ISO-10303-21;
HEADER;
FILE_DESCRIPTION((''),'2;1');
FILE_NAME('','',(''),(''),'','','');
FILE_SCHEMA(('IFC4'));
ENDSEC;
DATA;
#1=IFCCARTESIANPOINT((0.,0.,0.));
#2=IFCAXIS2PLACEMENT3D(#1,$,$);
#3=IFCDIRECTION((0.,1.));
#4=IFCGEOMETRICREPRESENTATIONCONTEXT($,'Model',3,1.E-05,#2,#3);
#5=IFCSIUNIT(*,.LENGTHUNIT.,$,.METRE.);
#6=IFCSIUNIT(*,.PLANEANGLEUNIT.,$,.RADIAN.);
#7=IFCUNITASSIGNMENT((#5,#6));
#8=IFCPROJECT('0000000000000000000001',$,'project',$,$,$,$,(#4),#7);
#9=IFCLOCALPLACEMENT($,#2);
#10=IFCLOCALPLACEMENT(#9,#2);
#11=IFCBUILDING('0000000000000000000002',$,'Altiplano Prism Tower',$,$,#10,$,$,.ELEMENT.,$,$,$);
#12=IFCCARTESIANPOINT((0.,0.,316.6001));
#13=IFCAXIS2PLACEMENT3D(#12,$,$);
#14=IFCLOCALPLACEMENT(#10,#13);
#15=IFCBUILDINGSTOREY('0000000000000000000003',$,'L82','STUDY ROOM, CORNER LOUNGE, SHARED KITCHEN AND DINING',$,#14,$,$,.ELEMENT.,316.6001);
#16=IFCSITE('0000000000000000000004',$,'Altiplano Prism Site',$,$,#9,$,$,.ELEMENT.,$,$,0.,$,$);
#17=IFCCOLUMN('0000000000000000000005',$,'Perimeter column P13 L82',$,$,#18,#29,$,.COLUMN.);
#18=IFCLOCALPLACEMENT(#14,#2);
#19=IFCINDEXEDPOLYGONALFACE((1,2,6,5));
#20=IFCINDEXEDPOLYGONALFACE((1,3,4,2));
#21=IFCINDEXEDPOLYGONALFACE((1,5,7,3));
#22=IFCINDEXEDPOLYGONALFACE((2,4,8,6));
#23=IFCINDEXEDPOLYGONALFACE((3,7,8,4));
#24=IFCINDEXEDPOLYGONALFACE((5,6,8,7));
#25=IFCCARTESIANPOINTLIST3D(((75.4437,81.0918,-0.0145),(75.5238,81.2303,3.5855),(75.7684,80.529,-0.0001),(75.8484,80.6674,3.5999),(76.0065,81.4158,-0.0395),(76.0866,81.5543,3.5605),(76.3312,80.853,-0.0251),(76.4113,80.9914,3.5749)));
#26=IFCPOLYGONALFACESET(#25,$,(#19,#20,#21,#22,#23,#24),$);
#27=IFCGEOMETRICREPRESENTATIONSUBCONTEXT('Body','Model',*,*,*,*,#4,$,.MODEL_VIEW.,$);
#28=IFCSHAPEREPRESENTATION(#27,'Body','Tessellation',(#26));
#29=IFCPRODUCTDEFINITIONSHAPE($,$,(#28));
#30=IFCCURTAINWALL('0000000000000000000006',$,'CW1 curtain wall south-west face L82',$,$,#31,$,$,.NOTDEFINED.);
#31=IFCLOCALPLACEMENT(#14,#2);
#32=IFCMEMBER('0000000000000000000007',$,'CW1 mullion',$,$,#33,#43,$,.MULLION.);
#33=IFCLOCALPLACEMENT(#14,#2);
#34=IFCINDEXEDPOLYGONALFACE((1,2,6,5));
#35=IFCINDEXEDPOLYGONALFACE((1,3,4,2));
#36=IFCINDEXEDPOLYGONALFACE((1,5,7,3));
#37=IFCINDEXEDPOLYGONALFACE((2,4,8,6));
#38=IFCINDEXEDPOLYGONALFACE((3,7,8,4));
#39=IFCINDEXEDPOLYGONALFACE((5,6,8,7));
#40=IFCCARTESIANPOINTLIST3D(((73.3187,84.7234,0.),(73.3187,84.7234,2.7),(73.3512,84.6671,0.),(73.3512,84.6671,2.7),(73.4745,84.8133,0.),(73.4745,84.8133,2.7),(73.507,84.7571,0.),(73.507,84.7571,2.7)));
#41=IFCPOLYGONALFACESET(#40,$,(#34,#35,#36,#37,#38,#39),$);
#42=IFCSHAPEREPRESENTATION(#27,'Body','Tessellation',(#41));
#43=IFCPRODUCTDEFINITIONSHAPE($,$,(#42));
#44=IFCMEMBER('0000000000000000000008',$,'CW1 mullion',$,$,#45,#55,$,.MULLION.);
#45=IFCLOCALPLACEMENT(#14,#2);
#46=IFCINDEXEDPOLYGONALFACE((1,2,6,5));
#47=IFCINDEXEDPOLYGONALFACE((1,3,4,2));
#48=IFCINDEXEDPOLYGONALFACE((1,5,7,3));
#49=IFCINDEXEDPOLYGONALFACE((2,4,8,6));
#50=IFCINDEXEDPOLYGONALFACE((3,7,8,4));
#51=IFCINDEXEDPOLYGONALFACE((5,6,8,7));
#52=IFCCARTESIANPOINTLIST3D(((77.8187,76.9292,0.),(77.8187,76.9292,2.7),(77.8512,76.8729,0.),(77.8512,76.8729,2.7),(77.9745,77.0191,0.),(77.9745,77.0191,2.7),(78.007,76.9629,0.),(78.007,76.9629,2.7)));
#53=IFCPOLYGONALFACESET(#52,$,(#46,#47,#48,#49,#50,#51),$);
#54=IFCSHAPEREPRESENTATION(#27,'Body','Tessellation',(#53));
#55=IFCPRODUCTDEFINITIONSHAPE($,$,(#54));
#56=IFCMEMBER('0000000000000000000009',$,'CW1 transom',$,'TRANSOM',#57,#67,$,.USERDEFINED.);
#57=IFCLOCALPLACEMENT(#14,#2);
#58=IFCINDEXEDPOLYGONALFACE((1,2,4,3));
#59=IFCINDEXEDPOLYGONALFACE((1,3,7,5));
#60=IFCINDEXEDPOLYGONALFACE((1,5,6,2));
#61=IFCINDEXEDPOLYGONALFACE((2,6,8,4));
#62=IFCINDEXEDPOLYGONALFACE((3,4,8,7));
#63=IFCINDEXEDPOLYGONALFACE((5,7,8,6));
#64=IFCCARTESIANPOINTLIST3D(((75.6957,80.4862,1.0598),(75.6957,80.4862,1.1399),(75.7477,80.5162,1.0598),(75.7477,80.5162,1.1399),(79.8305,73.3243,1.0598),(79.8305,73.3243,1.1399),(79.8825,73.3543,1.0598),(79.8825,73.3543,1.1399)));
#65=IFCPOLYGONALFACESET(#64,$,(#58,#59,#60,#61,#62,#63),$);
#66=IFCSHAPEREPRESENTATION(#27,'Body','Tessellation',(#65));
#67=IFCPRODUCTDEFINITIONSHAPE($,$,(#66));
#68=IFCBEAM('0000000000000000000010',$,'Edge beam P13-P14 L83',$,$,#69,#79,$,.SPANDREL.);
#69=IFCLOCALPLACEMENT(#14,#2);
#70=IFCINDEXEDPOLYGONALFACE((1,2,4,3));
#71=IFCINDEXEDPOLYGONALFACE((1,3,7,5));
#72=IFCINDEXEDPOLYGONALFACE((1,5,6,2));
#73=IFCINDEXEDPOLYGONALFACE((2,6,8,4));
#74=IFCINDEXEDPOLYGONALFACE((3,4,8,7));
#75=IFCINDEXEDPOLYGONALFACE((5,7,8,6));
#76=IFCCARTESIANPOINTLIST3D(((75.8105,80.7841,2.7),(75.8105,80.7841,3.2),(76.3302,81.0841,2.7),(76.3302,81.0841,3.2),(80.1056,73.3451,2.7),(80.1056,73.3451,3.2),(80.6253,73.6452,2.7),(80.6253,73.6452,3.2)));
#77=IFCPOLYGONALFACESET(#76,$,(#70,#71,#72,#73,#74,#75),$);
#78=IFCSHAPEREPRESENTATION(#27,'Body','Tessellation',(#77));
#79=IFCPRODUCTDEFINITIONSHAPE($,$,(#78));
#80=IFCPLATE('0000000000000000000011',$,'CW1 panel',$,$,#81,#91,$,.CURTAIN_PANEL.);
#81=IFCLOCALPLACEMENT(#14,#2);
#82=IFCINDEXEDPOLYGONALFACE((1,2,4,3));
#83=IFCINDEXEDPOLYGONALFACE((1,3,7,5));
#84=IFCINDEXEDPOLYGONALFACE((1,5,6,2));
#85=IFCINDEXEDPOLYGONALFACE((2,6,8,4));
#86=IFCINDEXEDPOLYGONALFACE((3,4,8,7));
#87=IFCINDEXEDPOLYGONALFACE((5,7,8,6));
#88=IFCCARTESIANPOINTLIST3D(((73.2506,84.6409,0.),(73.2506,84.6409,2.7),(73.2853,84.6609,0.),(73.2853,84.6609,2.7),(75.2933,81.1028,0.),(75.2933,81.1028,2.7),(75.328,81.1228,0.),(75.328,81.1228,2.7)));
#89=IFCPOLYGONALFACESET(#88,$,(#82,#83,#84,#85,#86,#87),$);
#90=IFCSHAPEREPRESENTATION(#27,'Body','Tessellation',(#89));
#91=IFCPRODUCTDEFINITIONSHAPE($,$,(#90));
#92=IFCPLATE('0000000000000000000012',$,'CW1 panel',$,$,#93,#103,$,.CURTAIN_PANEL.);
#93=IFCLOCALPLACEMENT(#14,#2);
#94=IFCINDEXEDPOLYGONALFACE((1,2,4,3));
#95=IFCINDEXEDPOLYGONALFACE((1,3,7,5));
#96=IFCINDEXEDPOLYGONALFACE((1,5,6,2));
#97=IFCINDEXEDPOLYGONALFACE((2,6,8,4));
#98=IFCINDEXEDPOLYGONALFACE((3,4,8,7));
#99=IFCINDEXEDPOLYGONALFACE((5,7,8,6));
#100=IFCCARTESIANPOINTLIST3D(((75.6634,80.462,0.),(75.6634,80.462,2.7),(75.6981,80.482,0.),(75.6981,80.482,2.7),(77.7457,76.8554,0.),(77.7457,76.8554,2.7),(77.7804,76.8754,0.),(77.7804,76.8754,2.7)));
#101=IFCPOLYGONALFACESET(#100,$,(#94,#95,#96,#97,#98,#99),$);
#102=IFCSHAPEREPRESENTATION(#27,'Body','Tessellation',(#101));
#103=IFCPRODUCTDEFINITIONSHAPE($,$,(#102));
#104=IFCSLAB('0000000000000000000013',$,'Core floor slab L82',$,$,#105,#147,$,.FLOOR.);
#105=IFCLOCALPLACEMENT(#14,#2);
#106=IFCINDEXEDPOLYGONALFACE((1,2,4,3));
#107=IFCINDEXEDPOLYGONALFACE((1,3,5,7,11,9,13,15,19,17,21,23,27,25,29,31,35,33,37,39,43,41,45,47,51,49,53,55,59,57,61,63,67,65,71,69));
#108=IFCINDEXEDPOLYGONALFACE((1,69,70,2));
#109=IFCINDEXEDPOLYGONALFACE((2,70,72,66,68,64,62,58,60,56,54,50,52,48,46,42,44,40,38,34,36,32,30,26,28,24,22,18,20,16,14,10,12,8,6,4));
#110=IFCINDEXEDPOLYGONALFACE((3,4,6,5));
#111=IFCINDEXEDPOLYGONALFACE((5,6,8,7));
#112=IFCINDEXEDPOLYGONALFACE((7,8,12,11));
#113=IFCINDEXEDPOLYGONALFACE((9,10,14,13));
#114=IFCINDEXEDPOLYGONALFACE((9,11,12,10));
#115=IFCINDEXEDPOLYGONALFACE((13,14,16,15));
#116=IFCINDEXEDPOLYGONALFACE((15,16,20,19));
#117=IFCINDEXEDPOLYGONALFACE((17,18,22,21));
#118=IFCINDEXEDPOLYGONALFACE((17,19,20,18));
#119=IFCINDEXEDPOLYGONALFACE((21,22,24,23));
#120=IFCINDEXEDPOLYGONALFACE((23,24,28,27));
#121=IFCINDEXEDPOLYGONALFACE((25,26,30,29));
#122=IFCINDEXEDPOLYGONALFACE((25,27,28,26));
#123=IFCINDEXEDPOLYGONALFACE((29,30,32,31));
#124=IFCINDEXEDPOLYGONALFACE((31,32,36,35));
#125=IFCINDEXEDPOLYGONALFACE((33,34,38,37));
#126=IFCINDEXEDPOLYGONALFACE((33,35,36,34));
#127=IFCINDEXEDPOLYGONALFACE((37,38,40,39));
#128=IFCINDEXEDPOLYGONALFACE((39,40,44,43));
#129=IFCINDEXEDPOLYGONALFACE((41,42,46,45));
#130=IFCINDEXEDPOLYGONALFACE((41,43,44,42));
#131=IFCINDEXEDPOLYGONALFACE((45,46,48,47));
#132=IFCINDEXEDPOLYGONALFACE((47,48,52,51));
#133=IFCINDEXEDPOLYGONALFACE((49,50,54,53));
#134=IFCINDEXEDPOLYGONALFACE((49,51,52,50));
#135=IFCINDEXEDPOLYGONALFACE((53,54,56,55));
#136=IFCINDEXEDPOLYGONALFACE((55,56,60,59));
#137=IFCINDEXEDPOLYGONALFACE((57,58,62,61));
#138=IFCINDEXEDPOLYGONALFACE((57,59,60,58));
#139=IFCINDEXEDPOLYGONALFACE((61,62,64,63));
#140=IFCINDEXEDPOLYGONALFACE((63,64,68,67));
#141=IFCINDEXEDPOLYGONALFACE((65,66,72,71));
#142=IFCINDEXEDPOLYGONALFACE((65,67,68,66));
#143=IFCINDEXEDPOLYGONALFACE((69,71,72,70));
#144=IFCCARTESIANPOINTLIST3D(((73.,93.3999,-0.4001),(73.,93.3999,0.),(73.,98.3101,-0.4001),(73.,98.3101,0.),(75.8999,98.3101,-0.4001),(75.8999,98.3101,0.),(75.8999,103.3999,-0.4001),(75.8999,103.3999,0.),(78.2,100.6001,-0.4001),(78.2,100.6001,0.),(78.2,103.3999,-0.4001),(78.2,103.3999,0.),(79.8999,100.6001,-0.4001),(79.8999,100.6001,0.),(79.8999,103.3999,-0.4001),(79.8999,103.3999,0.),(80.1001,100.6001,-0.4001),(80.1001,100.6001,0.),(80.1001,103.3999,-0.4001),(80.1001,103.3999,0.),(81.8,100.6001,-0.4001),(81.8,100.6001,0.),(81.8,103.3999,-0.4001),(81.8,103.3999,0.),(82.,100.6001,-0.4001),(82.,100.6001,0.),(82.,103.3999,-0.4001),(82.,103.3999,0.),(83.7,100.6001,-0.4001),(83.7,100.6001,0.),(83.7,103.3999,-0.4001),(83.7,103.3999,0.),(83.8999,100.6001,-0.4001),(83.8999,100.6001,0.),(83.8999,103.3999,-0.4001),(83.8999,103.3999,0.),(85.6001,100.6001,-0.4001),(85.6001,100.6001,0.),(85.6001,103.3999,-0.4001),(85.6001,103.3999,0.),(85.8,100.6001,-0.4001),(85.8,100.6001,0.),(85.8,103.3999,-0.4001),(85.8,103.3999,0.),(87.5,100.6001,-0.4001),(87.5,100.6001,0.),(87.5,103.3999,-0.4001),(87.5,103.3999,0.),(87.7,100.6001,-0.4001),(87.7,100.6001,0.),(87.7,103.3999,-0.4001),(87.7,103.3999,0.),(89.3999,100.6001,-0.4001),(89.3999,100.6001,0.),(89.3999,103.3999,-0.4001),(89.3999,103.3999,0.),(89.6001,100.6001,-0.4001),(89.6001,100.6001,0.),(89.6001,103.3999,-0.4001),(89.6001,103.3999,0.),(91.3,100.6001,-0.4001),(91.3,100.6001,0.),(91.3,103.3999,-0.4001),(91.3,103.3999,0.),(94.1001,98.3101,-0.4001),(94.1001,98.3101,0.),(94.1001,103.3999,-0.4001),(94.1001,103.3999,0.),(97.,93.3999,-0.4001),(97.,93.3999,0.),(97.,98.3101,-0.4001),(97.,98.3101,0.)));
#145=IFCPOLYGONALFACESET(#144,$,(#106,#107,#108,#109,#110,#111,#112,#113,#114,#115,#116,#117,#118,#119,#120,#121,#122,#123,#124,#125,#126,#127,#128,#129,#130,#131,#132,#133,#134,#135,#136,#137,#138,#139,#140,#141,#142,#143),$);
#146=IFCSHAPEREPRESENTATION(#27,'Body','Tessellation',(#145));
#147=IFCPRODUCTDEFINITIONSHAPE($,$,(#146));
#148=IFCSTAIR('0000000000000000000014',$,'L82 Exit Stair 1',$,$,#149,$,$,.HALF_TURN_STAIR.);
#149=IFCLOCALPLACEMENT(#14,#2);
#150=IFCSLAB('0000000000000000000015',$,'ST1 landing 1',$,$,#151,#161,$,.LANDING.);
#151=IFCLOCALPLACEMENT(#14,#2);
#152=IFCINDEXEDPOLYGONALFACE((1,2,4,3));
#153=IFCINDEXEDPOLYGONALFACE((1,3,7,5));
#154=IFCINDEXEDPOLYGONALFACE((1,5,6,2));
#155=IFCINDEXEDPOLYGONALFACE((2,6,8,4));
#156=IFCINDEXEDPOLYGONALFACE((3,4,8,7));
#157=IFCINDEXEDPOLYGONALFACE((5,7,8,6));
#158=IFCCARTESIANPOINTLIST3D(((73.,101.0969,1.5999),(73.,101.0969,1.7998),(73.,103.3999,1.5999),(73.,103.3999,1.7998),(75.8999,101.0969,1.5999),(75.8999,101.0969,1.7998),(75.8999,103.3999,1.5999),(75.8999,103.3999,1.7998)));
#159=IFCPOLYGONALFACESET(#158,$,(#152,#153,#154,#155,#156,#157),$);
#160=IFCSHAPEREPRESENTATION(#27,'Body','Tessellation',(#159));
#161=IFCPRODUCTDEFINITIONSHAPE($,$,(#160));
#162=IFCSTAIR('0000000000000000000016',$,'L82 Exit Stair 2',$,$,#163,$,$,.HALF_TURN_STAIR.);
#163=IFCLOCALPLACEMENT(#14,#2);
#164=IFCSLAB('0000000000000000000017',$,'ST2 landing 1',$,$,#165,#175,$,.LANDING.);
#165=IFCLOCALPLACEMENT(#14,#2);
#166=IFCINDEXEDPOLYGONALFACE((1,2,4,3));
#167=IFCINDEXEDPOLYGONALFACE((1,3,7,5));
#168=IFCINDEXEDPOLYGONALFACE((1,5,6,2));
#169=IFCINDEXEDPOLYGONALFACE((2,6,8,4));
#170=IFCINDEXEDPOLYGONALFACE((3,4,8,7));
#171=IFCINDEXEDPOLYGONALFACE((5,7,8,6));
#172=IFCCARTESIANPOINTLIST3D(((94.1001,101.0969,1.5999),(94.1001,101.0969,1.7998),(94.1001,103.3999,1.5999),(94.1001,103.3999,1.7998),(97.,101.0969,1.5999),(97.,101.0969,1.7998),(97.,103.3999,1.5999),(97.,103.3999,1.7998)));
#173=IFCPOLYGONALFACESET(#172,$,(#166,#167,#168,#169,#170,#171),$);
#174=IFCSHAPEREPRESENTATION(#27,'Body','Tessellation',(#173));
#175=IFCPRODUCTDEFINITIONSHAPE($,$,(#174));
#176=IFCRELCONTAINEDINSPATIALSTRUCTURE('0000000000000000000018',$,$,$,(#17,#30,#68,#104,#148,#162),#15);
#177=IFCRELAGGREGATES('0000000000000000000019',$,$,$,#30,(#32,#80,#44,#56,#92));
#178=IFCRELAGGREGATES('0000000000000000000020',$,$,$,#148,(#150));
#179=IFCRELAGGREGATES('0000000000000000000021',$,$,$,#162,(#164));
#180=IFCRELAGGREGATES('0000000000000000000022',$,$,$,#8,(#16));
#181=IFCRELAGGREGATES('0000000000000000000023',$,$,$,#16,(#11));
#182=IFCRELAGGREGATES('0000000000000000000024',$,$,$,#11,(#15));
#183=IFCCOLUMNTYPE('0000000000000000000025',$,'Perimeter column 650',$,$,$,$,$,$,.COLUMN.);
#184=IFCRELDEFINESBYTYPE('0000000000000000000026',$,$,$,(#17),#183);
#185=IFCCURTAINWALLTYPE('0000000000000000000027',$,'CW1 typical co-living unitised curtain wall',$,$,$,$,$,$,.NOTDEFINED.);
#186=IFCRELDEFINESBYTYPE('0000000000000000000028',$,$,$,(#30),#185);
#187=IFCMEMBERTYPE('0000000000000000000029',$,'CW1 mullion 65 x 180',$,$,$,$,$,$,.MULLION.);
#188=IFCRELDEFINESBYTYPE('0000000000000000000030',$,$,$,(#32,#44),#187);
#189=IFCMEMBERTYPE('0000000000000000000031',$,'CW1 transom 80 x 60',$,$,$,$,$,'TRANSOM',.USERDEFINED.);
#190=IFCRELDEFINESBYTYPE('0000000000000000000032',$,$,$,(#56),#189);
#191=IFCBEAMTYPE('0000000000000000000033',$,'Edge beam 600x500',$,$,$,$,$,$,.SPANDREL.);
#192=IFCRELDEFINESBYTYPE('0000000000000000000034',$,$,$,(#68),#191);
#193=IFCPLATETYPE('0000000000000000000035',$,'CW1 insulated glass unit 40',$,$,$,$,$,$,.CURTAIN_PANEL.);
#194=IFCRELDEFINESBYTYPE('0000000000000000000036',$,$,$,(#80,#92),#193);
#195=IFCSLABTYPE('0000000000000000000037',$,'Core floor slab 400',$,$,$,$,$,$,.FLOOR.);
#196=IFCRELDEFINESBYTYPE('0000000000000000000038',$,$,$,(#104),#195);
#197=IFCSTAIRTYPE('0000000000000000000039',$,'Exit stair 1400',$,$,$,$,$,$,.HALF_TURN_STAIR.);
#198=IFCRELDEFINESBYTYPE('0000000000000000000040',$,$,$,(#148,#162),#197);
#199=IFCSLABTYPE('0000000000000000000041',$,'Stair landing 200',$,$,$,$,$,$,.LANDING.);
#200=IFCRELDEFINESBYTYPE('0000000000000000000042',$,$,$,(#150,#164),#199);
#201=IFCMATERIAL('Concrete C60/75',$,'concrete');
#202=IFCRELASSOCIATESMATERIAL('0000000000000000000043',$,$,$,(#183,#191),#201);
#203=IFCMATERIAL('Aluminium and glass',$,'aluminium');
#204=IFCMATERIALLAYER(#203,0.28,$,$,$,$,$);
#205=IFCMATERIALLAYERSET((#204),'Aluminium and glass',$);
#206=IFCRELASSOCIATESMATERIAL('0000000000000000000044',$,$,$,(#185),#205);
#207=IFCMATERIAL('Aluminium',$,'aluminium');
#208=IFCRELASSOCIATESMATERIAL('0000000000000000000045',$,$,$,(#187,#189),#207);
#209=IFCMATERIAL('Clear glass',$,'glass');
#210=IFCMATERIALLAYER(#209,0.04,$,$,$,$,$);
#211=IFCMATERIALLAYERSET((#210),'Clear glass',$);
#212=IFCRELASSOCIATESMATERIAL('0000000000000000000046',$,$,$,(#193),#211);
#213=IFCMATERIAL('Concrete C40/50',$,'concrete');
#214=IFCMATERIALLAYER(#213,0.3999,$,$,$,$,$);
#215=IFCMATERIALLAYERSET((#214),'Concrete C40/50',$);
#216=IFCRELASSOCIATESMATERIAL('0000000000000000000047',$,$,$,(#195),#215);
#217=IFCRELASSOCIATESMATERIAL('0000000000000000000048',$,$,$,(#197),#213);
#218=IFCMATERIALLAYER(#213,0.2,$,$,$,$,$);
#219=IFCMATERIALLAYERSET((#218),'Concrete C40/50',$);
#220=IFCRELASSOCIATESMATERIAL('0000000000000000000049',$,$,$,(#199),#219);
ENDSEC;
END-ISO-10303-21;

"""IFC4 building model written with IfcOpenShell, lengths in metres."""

from ifc_helpers import new_model, si_unit, direction, frame, origin, origin_2d, place, context, subcontext, project, spatial, polyline, rectangle, outline, extrude, material, layer, layer_set, material_profile, profile_set, type_object, element, aggregate, save


model = new_model("IFC4")

# Units and contexts
model_context = context("Model", 3, precision=1e-05, world=origin(), true_north=direction((0.0, 1.0)))
body_context = subcontext(model_context, "Body", "Model", "MODEL_VIEW")
ifc_project = project(units=[si_unit("LENGTHUNIT", "METRE"), si_unit("PLANEANGLEUNIT", "RADIAN")], contexts=[model_context])

# Site, building, storey
site_placement = place(None, origin())
site = spatial("IfcSite", under=ifc_project, at=site_placement, Name="Altiplano Prism Site", CompositionType="ELEMENT", RefElevation=0.0)
building_placement = place(site_placement, origin())
building = spatial("IfcBuilding", under=site, at=building_placement, Name="Altiplano Prism Tower", CompositionType="ELEMENT")
storey_placement = place(building_placement, frame((0.0, 0.0, 316.6001)))
storey = spatial("IfcBuildingStorey", under=building, at=storey_placement, Name="L82", Description="STUDY ROOM, CORNER LOUNGE, SHARED KITCHEN AND DINING", CompositionType="ELEMENT", Elevation=316.6001)

# Column
ifc_material_1 = material(Name="Concrete C60/75", Category="concrete")
ifc_material_profile_1 = material_profile(ifc_material_1, rectangle(XDim=0.6499, YDim=0.6499, at=origin_2d()), Name="Perimeter column 650")
ifc_profile_set_1 = profile_set([ifc_material_profile_1], Name="Concrete C60/75")
column_type = type_object("IfcColumnType", Name="Perimeter column 650", PredefinedType="COLUMN", material=ifc_profile_set_1)
column_placement = place(storey_placement, frame((75.8875, 80.9724, -0.0198), z_axis=(0.022223, 0.038416, 0.999015), x_axis=(-0.866021, -0.498528, 0.038435)))
element("IfcColumn", 1, at=column_placement, inside=storey, type_object=column_type, Name="Perimeter column P13 L82", PredefinedType="COLUMN", context=body_context, shape_type="SweptSolid", body=[
    extrude(rectangle(XDim=0.6499, YDim=0.6499, at=origin_2d()), origin(), (0.0, 0.0, 1.0), 3.6035),
])

# Curtain wall, members
ifc_material_2 = material(Name="Aluminium and glass", Category="aluminium")
ifc_layer_1 = layer(ifc_material_2, 0.28)
ifc_layer_set_1 = layer_set([ifc_layer_1], Name="Aluminium and glass")
curtain_wall_type = type_object("IfcCurtainWallType", Name="CW1 typical co-living unitised curtain wall", PredefinedType="NOTDEFINED", material=ifc_layer_set_1)
curtain_wall_placement = place(storey_placement, origin())
curtain_wall = element("IfcCurtainWall", 2, at=curtain_wall_placement, inside=storey, type_object=curtain_wall_type, Name="CW1 curtain wall south-west face L82", PredefinedType="NOTDEFINED")
ifc_material_3 = material(Name="Aluminium", Category="aluminium")
ifc_material_profile_2 = material_profile(ifc_material_3, rectangle(XDim=0.1799, YDim=0.0649, at=origin_2d()), Name="CW1 mullion 65 x 180")
ifc_profile_set_2 = profile_set([ifc_material_profile_2], Name="Aluminium")
member_type_1 = type_object("IfcMemberType", Name="CW1 mullion 65 x 180", PredefinedType="MULLION", material=ifc_profile_set_2)
member_1_placement = place(storey_placement, frame((73.4128, 84.7402, 0.0), z_axis=(0.0, 0.0, 1.0), x_axis=(0.866025, 0.5, 0.0)))
member_1 = element("IfcMember", 3, at=member_1_placement, type_object=member_type_1, Name="CW1 mullion", PredefinedType="MULLION", context=body_context, shape_type="SweptSolid", body=[
    extrude(rectangle(XDim=0.1799, YDim=0.0649, at=origin_2d()), origin(), (0.0, 0.0, 1.0), 2.7),
])
member_2_placement = place(storey_placement, frame((77.9128, 76.946, 0.0), z_axis=(0.0, 0.0, 1.0), x_axis=(0.866025, 0.5, 0.0)))
member_2 = element("IfcMember", 4, at=member_2_placement, type_object=member_type_1, Name="CW1 mullion", PredefinedType="MULLION", context=body_context, shape_type="SweptSolid", body=[
    extrude(rectangle(XDim=0.1799, YDim=0.0649, at=origin_2d()), origin(), (0.0, 0.0, 1.0), 2.7),
])
ifc_material_profile_3 = material_profile(ifc_material_3, rectangle(XDim=0.0601, YDim=0.0801, at=origin_2d()), Name="CW1 transom 80 x 60")
ifc_profile_set_3 = profile_set([ifc_material_profile_3], Name="Aluminium")
member_type_2 = type_object("IfcMemberType", Name="CW1 transom 80 x 60", ElementType="TRANSOM", PredefinedType="USERDEFINED", material=ifc_profile_set_3)
member_3_placement = place(storey_placement, frame((75.7217, 80.5012, 1.0999), z_axis=(0.499987, -0.866033, 0.0), x_axis=(0.866033, 0.499987, 0.0)))
member_3 = element("IfcMember", 5, at=member_3_placement, type_object=member_type_2, Name="CW1 transom", ObjectType="TRANSOM", PredefinedType="USERDEFINED", context=body_context, shape_type="SweptSolid", body=[
    extrude(rectangle(XDim=0.0601, YDim=0.0801, at=origin_2d()), origin(), (0.0, 0.0, 1.0), 8.2698),
])

# Beam
ifc_material_profile_4 = material_profile(ifc_material_1, rectangle(XDim=0.6001, YDim=0.5, at=origin_2d()), Name="Edge beam 600x500")
ifc_profile_set_4 = profile_set([ifc_material_profile_4], Name="Concrete C60/75")
beam_type = type_object("IfcBeamType", Name="Edge beam 600x500", PredefinedType="SPANDREL", material=ifc_profile_set_4)
beam_placement = place(storey_placement, frame((76.0703, 80.9341, 2.95), z_axis=(0.500024, -0.866011, 0.0), x_axis=(0.866011, 0.500024, 0.0)))
element("IfcBeam", 6, at=beam_placement, inside=storey, type_object=beam_type, Name="Edge beam P13-P14 L83", PredefinedType="SPANDREL", context=body_context, shape_type="SweptSolid", body=[
    extrude(rectangle(XDim=0.6001, YDim=0.5, at=origin_2d()), origin(), (0.0, 0.0, 1.0), 8.5898),
])

# Plates
ifc_material_4 = material(Name="Clear glass", Category="glass")
ifc_layer_2 = layer(ifc_material_4, 0.04)
ifc_layer_set_2 = layer_set([ifc_layer_2], Name="Clear glass")
plate_type = type_object("IfcPlateType", Name="CW1 insulated glass unit 40", PredefinedType="CURTAIN_PANEL", material=ifc_layer_set_2)
plate_1_placement = place(storey_placement, frame((74.2893, 82.8818, 0.0), z_axis=(0.0, 0.0, 1.0), x_axis=(0.5, -0.866025, 0.0)))
plate_1 = element("IfcPlate", 7, at=plate_1_placement, type_object=plate_type, Name="CW1 panel", PredefinedType="CURTAIN_PANEL", context=body_context, shape_type="SweptSolid", body=[
    extrude(rectangle(XDim=4.0854, YDim=0.04, at=origin_2d()), origin(), (0.0, 0.0, 1.0), 2.7),
])
plate_2_placement = place(storey_placement, frame((76.7219, 78.6687, 0.0), z_axis=(0.0, 0.0, 1.0), x_axis=(0.5, -0.866025, 0.0)))
plate_2 = element("IfcPlate", 8, at=plate_2_placement, type_object=plate_type, Name="CW1 panel", PredefinedType="CURTAIN_PANEL", context=body_context, shape_type="SweptSolid", body=[
    extrude(rectangle(XDim=4.1646, YDim=0.04, at=origin_2d()), origin(), (0.0, 0.0, 1.0), 2.7),
])
aggregate(curtain_wall, [member_1, plate_1, member_2, member_3, plate_2])

# Slab
ifc_material_5 = material(Name="Concrete C40/50", Category="concrete")
ifc_layer_3 = layer(ifc_material_5, 0.3999)
ifc_layer_set_3 = layer_set([ifc_layer_3], Name="Concrete C40/50")
slab_type_1 = type_object("IfcSlabType", Name="Core floor slab 400", PredefinedType="FLOOR", material=ifc_layer_set_3)
slab_1_placement = place(storey_placement, frame((0.0, 0.0, -0.4001)))
element("IfcSlab", 9, at=slab_1_placement, inside=storey, type_object=slab_type_1, Name="Core floor slab L82", PredefinedType="FLOOR", context=body_context, shape_type="SweptSolid", body=[
    extrude(outline(polyline([(97.0, 98.3101), (94.1001, 98.3101), (94.1001, 103.3999), (91.3, 103.3999), (91.3, 100.6001), (89.6001, 100.6001), (89.6001, 103.3999), (89.3999, 103.3999), (89.3999, 100.6001), (87.7, 100.6001), (87.7, 103.3999), (87.5, 103.3999), (87.5, 100.6001), (85.8, 100.6001), (85.8, 103.3999), (85.6001, 103.3999), (85.6001, 100.6001), (83.8999, 100.6001), (83.8999, 103.3999), (83.7, 103.3999), (83.7, 100.6001), (82.0, 100.6001), (82.0, 103.3999), (81.8, 103.3999), (81.8, 100.6001), (80.1001, 100.6001), (80.1001, 103.3999), (79.8999, 103.3999), (79.8999, 100.6001), (78.2, 100.6001), (78.2, 103.3999), (75.8999, 103.3999), (75.8999, 98.3101), (73.0, 98.3101), (73.0, 93.3999), (97.0, 93.3999), (97.0, 98.3101)])), origin(), (0.0, 0.0, 1.0), 0.4001),
])

# Stairs, slabs
stair_type = type_object("IfcStairType", Name="Exit stair 1400", PredefinedType="HALF_TURN_STAIR", material=ifc_material_5)
stair_1_placement = place(storey_placement, origin())
stair_1 = element("IfcStair", 10, at=stair_1_placement, inside=storey, type_object=stair_type, Name="L82 Exit Stair 1", PredefinedType="HALF_TURN_STAIR")
ifc_layer_4 = layer(ifc_material_5, 0.2)
ifc_layer_set_4 = layer_set([ifc_layer_4], Name="Concrete C40/50")
slab_type_2 = type_object("IfcSlabType", Name="Stair landing 200", PredefinedType="LANDING", material=ifc_layer_set_4)
slab_2_placement = place(storey_placement, frame((0.0, 0.0, 1.5999)))
slab_2 = element("IfcSlab", 11, at=slab_2_placement, type_object=slab_type_2, Name="ST1 landing 1", PredefinedType="LANDING", context=body_context, shape_type="SweptSolid", body=[
    extrude(outline(polyline([(75.8999, 101.0969), (75.8999, 103.3999), (73.0, 103.3999), (73.0, 101.0969), (75.8999, 101.0969)])), origin(), (0.0, 0.0, 1.0), 0.2),
])
aggregate(stair_1, [slab_2])
stair_2_placement = place(storey_placement, origin())
stair_2 = element("IfcStair", 12, at=stair_2_placement, inside=storey, type_object=stair_type, Name="L82 Exit Stair 2", PredefinedType="HALF_TURN_STAIR")
slab_3_placement = place(storey_placement, frame((0.0, 0.0, 1.5999)))
slab_3 = element("IfcSlab", 13, at=slab_3_placement, type_object=slab_type_2, Name="ST2 landing 1", PredefinedType="LANDING", context=body_context, shape_type="SweptSolid", body=[
    extrude(outline(polyline([(97.0, 101.0969), (97.0, 103.3999), (94.1001, 103.3999), (94.1001, 101.0969), (97.0, 101.0969)])), origin(), (0.0, 0.0, 1.0), 0.2),
])
aggregate(stair_2, [slab_3])

save(model, "model.ifc")
